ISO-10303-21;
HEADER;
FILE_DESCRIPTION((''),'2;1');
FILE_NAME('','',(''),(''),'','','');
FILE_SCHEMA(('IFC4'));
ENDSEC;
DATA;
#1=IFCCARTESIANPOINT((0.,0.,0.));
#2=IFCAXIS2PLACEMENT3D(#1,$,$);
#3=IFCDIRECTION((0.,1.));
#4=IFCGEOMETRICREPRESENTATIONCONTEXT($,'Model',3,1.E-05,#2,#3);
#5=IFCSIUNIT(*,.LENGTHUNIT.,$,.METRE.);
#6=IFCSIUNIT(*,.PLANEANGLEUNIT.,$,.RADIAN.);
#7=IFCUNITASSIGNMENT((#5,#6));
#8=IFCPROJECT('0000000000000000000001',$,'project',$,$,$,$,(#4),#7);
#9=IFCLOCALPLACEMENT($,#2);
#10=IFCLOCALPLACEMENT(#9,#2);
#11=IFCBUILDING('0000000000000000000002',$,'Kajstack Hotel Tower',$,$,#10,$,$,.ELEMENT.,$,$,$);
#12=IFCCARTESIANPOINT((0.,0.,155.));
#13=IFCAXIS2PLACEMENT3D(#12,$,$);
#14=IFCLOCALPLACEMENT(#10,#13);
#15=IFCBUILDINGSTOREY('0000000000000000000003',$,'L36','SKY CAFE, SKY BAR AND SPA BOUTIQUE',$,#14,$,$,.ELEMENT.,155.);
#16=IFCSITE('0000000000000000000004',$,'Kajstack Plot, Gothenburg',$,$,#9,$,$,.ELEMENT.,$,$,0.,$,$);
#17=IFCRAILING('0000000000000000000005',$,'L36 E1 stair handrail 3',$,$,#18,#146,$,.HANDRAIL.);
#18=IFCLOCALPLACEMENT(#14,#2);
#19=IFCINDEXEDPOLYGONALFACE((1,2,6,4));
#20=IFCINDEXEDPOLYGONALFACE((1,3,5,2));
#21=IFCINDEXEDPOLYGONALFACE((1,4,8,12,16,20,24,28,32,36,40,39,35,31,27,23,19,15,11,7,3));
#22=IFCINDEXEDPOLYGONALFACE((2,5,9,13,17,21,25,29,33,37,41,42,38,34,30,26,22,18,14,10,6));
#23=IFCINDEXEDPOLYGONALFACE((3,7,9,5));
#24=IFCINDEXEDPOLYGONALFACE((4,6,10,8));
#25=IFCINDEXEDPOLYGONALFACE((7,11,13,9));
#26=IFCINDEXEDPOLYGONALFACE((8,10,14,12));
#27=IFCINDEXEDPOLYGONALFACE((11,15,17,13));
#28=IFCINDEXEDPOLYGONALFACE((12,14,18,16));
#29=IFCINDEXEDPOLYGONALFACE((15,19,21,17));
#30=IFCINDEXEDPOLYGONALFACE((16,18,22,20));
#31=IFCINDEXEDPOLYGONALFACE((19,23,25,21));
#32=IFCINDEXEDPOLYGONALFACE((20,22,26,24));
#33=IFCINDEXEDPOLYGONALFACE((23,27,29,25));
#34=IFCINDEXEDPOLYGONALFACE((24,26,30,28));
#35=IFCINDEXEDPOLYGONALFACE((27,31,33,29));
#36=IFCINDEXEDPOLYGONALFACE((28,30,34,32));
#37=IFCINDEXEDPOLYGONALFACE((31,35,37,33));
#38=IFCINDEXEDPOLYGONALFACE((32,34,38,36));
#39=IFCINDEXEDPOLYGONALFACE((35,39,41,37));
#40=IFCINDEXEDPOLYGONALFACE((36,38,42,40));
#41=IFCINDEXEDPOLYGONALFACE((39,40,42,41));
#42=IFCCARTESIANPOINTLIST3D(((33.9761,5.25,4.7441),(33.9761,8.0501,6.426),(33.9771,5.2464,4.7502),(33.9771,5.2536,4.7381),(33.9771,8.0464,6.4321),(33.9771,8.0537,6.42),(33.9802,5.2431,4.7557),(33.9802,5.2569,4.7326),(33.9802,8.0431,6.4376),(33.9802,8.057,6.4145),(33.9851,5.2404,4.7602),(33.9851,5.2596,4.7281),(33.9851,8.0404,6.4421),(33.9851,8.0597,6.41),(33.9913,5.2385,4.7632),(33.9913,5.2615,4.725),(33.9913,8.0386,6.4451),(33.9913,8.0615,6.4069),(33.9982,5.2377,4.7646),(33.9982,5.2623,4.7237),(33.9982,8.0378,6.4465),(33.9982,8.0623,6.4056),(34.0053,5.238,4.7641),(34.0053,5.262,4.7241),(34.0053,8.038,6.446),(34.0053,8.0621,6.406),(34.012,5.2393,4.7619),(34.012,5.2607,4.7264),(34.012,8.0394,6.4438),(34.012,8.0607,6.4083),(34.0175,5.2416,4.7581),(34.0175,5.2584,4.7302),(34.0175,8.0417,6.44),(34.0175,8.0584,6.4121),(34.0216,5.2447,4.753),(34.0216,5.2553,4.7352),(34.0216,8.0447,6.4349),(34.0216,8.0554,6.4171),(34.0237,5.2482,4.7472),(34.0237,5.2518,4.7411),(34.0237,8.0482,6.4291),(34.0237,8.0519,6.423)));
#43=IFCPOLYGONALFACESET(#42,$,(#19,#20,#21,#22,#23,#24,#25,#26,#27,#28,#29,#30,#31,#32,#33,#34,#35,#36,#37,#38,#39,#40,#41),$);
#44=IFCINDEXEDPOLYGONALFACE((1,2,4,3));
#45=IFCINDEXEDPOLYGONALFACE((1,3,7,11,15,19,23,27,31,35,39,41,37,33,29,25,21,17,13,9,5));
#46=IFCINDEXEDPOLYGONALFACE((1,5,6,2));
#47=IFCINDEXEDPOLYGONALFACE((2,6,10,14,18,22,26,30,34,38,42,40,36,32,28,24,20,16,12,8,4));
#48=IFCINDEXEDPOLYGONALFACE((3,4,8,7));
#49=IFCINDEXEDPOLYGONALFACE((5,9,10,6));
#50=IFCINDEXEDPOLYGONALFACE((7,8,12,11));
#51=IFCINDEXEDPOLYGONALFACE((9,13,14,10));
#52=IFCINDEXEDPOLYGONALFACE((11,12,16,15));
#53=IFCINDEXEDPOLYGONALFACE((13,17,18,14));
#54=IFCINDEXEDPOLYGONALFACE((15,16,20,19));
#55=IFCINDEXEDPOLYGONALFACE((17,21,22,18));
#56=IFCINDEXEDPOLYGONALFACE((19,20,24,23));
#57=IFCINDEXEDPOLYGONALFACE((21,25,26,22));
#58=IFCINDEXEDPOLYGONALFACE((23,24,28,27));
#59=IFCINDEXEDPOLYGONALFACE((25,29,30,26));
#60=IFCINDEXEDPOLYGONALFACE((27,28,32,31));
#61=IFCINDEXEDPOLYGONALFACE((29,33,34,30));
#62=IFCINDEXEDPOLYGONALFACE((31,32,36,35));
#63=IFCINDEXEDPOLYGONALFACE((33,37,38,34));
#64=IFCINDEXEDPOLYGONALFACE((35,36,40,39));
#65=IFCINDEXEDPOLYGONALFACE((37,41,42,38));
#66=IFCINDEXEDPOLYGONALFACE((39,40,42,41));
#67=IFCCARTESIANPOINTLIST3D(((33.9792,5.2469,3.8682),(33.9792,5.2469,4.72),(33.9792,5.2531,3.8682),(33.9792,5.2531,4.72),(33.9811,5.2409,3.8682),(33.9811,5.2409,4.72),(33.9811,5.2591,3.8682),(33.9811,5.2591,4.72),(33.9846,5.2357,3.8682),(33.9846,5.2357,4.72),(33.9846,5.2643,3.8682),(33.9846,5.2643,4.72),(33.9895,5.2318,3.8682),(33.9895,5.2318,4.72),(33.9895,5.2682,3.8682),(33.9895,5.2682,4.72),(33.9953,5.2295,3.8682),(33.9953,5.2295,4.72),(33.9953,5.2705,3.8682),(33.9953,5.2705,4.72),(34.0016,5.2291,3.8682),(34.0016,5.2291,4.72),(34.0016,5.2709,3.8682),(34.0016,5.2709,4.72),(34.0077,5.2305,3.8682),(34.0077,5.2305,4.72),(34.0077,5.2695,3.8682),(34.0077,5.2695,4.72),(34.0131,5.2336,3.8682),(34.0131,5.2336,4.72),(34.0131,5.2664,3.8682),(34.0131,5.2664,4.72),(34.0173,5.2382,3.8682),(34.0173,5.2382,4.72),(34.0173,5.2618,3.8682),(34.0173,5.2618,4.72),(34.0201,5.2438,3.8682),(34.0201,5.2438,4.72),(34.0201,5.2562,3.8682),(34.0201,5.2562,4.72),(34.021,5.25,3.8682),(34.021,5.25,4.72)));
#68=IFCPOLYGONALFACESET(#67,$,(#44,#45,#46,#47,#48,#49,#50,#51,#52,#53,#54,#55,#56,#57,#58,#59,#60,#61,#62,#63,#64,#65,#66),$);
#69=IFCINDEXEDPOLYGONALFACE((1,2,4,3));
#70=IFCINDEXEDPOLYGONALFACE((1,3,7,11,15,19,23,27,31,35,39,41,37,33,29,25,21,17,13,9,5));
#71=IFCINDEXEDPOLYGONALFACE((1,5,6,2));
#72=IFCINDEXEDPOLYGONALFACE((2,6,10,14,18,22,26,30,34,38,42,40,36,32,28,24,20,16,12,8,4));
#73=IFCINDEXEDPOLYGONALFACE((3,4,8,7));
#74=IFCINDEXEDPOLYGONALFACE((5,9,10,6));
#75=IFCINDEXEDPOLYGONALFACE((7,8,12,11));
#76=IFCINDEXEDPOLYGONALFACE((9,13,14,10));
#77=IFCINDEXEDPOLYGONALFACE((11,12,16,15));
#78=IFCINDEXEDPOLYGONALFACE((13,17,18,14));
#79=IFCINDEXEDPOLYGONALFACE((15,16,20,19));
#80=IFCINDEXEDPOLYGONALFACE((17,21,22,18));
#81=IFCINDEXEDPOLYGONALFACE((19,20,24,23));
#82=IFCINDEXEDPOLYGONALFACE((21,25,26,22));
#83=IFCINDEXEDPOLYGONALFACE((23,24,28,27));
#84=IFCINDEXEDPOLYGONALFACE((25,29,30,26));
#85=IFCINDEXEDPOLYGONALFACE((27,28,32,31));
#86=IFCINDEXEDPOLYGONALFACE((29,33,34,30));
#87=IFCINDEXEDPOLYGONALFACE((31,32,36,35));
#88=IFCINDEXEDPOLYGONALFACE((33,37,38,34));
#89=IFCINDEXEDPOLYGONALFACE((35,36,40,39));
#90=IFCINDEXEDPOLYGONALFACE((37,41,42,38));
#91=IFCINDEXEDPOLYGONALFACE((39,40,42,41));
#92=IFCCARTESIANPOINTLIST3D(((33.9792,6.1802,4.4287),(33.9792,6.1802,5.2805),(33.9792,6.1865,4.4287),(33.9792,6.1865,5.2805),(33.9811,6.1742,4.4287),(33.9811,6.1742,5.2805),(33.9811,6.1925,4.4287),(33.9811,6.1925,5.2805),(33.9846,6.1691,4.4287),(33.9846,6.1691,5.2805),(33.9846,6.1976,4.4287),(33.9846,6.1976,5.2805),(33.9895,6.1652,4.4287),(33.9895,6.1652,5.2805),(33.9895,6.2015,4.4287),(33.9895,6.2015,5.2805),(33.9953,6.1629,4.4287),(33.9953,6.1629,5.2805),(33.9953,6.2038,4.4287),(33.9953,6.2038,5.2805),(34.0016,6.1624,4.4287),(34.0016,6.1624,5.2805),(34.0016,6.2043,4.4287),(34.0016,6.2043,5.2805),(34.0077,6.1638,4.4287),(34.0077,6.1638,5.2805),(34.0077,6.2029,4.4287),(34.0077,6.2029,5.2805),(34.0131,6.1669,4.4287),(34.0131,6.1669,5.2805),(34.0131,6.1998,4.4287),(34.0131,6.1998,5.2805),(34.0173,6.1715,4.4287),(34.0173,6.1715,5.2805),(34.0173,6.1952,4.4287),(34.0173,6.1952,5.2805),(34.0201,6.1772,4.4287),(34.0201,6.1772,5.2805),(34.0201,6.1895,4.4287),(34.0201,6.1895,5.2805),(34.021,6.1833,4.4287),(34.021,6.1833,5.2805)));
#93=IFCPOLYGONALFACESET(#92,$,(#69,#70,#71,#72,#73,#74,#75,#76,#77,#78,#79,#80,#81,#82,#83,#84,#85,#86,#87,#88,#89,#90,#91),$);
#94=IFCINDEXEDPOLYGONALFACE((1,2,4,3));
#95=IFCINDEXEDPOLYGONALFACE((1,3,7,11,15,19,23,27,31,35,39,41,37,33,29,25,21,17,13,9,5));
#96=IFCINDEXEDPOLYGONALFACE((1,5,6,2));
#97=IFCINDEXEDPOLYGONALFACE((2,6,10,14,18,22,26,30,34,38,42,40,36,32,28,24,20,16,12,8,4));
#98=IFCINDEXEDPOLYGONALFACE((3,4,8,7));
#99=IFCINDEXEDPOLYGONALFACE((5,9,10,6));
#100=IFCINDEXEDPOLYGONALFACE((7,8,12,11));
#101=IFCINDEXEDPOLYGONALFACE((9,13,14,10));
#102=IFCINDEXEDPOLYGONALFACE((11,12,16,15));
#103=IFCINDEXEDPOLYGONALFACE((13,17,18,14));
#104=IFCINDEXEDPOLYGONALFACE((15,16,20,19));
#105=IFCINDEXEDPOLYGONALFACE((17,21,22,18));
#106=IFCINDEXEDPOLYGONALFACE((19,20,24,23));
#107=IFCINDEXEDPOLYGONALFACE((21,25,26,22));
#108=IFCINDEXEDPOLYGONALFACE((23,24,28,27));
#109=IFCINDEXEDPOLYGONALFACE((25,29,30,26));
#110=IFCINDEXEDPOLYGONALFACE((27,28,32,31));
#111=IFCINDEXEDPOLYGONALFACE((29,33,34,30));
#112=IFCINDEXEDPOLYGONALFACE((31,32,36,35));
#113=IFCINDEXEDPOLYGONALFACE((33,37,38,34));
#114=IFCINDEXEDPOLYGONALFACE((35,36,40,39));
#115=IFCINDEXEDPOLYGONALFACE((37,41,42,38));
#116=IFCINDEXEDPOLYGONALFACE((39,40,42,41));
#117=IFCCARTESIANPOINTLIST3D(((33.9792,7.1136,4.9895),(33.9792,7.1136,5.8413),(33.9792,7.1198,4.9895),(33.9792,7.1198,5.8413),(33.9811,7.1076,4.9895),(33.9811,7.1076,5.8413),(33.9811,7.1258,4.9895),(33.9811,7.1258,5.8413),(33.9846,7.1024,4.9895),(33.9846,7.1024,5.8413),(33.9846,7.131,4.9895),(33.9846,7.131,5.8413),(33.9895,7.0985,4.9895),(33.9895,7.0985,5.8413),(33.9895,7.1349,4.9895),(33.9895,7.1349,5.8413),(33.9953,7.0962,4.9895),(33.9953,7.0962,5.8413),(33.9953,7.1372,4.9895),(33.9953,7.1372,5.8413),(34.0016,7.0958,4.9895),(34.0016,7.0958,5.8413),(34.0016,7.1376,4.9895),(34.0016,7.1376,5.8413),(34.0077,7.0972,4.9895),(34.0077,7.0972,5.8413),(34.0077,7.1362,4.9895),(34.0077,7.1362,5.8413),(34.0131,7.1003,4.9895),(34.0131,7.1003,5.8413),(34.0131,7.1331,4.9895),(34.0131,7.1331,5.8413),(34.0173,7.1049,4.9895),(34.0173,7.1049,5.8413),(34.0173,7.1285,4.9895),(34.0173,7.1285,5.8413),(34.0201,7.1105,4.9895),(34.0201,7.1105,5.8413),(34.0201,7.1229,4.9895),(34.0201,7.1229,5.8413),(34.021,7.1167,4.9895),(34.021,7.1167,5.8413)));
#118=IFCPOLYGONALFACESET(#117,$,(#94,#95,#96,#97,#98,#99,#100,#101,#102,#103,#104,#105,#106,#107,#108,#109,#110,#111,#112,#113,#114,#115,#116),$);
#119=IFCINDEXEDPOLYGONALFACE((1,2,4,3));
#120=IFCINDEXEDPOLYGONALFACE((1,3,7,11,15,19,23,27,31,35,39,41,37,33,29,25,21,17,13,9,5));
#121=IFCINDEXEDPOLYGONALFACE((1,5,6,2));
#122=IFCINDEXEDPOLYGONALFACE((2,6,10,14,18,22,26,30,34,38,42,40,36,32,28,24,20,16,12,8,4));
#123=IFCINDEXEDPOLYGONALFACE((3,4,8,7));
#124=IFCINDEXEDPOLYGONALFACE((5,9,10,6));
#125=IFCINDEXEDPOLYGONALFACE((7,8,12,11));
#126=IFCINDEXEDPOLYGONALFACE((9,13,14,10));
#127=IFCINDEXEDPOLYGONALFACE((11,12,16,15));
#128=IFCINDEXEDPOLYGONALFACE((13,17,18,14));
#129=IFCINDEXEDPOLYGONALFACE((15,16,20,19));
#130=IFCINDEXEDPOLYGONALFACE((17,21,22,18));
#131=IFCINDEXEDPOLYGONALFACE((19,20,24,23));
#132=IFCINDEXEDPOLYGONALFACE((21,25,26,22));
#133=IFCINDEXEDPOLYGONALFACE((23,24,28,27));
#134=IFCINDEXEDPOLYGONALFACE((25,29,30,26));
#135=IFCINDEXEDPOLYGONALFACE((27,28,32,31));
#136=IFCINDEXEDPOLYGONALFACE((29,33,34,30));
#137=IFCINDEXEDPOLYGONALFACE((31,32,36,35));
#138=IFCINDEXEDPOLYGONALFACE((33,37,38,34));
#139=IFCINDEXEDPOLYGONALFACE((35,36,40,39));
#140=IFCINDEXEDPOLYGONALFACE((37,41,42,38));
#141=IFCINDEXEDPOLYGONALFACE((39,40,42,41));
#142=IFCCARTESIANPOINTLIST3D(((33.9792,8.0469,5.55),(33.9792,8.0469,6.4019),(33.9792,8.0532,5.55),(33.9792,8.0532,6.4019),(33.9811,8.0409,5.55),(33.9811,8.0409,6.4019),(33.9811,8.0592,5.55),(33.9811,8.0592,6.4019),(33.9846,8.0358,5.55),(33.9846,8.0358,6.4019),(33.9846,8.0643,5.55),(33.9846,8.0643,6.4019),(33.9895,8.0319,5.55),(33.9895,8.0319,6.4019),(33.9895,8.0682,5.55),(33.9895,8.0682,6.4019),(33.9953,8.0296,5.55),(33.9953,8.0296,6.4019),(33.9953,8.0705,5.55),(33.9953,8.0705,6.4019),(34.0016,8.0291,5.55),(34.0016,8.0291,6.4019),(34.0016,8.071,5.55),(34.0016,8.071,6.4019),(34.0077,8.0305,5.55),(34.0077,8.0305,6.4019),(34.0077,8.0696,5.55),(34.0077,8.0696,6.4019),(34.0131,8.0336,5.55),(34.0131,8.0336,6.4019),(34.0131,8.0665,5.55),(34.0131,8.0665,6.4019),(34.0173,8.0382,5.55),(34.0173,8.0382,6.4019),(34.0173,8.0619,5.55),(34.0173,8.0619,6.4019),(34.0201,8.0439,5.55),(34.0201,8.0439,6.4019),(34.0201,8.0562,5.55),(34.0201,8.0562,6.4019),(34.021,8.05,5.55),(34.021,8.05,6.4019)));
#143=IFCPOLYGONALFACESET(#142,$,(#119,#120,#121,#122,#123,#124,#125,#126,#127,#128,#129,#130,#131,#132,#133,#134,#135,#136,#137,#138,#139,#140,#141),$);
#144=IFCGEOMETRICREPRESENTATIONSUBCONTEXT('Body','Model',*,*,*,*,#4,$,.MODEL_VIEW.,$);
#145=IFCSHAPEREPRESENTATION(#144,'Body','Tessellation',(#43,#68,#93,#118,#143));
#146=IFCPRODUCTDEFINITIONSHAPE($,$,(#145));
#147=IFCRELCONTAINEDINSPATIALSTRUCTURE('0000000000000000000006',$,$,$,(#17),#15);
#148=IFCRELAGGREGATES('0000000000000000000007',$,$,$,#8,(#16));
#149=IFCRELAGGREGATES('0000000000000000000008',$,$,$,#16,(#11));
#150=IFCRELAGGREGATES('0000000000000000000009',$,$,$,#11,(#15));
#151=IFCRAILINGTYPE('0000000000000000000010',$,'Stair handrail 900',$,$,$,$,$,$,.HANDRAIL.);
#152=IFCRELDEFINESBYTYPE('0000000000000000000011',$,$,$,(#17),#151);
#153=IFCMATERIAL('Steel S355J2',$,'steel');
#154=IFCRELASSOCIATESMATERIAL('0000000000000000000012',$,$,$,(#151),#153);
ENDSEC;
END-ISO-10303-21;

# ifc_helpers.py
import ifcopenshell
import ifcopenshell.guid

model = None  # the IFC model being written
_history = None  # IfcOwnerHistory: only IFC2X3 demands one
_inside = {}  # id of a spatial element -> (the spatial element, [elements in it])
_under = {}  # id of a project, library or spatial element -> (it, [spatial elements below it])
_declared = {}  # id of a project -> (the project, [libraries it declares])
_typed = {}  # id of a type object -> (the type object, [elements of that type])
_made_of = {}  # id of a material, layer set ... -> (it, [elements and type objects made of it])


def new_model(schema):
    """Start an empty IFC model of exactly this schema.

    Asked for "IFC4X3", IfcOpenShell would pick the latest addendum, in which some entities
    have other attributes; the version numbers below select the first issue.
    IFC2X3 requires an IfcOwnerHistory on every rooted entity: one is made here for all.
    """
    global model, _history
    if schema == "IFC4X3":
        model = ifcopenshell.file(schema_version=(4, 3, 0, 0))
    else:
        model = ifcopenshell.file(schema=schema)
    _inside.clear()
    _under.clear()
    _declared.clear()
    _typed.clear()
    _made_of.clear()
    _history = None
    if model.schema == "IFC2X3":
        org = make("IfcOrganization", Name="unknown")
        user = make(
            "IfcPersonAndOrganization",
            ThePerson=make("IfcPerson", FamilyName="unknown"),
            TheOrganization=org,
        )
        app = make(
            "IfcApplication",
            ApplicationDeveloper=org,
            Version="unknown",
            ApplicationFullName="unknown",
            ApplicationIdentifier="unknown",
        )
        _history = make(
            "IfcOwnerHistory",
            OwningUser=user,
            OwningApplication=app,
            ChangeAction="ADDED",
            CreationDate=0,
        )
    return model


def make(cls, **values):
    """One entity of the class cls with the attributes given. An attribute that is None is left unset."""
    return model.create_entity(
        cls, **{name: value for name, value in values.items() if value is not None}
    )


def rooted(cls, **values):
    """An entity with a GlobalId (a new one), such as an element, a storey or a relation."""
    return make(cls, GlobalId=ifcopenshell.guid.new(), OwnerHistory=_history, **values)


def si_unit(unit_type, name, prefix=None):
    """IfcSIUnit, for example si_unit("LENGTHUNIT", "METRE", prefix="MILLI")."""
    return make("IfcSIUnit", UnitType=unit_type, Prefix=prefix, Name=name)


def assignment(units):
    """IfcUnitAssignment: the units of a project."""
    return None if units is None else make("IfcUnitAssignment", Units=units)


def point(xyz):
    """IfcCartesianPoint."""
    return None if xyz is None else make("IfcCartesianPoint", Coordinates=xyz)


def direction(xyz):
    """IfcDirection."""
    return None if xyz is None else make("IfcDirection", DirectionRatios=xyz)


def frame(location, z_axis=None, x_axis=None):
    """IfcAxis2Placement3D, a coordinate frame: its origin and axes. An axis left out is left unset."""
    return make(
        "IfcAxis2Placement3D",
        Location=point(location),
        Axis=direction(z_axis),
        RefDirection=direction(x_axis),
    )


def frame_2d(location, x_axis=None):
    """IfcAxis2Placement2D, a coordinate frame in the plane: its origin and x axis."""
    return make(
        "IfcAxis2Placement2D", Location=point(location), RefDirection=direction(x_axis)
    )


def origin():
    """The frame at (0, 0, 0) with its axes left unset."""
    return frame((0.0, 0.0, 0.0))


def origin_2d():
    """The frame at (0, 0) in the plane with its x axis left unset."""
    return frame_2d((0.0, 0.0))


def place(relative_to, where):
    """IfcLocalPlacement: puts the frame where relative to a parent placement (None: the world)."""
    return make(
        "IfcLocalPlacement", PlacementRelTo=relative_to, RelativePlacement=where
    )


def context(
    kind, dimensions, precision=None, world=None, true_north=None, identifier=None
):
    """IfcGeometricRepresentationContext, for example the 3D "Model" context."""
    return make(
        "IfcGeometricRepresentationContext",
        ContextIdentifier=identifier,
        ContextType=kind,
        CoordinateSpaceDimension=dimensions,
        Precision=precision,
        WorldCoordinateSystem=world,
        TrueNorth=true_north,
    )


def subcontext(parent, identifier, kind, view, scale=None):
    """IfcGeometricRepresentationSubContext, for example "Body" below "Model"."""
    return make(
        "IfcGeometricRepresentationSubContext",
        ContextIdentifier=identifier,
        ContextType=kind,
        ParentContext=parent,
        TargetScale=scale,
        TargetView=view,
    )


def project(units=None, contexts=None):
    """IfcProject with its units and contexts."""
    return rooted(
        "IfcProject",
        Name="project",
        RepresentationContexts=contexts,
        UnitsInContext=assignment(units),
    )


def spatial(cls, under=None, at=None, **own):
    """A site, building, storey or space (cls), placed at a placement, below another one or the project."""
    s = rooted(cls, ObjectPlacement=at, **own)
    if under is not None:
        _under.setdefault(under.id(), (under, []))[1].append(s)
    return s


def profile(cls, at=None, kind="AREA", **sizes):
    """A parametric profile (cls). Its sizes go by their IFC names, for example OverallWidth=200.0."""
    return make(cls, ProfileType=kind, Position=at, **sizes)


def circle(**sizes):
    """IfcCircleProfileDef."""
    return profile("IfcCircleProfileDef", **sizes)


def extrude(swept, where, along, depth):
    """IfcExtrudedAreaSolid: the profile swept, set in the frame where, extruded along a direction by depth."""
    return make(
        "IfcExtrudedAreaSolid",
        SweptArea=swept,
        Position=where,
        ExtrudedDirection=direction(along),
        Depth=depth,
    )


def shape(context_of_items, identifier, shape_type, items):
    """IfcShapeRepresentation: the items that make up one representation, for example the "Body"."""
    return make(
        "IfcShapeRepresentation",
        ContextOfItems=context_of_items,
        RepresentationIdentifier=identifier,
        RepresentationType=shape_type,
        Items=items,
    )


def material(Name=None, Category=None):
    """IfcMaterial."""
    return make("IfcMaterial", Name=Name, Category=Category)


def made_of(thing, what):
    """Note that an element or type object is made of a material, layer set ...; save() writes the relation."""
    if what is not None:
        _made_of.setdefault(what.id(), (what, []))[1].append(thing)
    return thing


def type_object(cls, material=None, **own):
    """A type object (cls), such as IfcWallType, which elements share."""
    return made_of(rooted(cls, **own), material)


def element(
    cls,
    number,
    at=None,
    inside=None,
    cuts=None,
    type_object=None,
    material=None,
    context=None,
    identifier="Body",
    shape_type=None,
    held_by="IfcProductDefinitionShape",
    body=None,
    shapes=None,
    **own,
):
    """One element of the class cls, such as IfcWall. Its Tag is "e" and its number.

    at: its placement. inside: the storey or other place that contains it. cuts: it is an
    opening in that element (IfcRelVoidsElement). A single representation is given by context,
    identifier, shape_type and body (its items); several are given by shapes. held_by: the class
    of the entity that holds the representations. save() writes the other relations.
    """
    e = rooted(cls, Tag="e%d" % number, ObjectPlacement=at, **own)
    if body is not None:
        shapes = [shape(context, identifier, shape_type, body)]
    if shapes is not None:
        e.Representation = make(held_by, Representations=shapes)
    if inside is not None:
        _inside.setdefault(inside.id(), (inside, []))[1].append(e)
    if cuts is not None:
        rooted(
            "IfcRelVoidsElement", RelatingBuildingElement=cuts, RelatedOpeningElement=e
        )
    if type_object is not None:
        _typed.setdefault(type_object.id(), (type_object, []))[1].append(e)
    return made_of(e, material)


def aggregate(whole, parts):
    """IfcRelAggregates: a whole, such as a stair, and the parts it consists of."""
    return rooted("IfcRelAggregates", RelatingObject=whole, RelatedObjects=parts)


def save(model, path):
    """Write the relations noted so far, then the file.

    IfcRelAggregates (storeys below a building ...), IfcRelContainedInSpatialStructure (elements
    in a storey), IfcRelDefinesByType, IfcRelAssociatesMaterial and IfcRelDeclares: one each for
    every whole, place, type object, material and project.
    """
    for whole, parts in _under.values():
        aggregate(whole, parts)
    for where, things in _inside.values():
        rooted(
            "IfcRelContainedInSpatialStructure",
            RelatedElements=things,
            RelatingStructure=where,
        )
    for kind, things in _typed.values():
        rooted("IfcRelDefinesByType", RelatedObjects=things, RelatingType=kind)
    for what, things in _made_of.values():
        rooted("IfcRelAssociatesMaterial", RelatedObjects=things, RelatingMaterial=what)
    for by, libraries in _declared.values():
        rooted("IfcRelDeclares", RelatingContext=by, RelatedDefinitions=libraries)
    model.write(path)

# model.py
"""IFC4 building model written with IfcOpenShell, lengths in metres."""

from ifc_helpers import new_model, si_unit, direction, frame, origin, origin_2d, place, context, subcontext, project, spatial, circle, extrude, material, type_object, element, save


model = new_model("IFC4")

# Units and contexts
model_context = context("Model", 3, precision=1e-05, world=origin(), true_north=direction((0.0, 1.0)))
body_context = subcontext(model_context, "Body", "Model", "MODEL_VIEW")
ifc_project = project(units=[si_unit("LENGTHUNIT", "METRE"), si_unit("PLANEANGLEUNIT", "RADIAN")], contexts=[model_context])

# Site, building, storey
site_placement = place(None, origin())
site = spatial("IfcSite", under=ifc_project, at=site_placement, Name="Kajstack Plot, Gothenburg", CompositionType="ELEMENT", RefElevation=0.0)
building_placement = place(site_placement, origin())
building = spatial("IfcBuilding", under=site, at=building_placement, Name="Kajstack Hotel Tower", CompositionType="ELEMENT")
storey_placement = place(building_placement, frame((0.0, 0.0, 155.0)))
storey = spatial("IfcBuildingStorey", under=building, at=storey_placement, Name="L36", Description="SKY CAFE, SKY BAR AND SPA BOUTIQUE", CompositionType="ELEMENT", Elevation=155.0)

# Railing
ifc_material_1 = material(Name="Steel S355J2", Category="steel")
railing_type_1 = type_object("IfcRailingType", Name="Stair handrail 900", PredefinedType="HANDRAIL", material=ifc_material_1)
railing_1_placement = place(storey_placement, frame((34.0, 5.25, 3.8682)))
element("IfcRailing", 1, at=railing_1_placement, inside=storey, type_object=railing_type_1, Name="L36 E1 stair handrail 3", PredefinedType="HANDRAIL", context=body_context, shape_type="SweptSolid", body=[
    extrude(circle(Radius=0.0239, at=origin_2d()), frame((0.0, 0.0, 0.876), z_axis=(0.0, 0.857242, 0.514913), x_axis=(-1.0, 0.0, 0.0)), (0.0, 0.0, 1.0), 3.2664),
    extrude(circle(Radius=0.021, at=origin_2d()), origin(), (0.0, 0.0, 1.0), 0.8518),
    extrude(circle(Radius=0.021, at=origin_2d()), frame((0.0, 0.9333, 0.5605)), (0.0, 0.0, 1.0), 0.8518),
    extrude(circle(Radius=0.021, at=origin_2d()), frame((0.0, 1.8667, 1.1213)), (0.0, 0.0, 1.0), 0.8518),
    extrude(circle(Radius=0.021, at=origin_2d()), frame((0.0, 2.8, 1.6819)), (0.0, 0.0, 1.0), 0.8518),
])

save(model, "model.ifc")
